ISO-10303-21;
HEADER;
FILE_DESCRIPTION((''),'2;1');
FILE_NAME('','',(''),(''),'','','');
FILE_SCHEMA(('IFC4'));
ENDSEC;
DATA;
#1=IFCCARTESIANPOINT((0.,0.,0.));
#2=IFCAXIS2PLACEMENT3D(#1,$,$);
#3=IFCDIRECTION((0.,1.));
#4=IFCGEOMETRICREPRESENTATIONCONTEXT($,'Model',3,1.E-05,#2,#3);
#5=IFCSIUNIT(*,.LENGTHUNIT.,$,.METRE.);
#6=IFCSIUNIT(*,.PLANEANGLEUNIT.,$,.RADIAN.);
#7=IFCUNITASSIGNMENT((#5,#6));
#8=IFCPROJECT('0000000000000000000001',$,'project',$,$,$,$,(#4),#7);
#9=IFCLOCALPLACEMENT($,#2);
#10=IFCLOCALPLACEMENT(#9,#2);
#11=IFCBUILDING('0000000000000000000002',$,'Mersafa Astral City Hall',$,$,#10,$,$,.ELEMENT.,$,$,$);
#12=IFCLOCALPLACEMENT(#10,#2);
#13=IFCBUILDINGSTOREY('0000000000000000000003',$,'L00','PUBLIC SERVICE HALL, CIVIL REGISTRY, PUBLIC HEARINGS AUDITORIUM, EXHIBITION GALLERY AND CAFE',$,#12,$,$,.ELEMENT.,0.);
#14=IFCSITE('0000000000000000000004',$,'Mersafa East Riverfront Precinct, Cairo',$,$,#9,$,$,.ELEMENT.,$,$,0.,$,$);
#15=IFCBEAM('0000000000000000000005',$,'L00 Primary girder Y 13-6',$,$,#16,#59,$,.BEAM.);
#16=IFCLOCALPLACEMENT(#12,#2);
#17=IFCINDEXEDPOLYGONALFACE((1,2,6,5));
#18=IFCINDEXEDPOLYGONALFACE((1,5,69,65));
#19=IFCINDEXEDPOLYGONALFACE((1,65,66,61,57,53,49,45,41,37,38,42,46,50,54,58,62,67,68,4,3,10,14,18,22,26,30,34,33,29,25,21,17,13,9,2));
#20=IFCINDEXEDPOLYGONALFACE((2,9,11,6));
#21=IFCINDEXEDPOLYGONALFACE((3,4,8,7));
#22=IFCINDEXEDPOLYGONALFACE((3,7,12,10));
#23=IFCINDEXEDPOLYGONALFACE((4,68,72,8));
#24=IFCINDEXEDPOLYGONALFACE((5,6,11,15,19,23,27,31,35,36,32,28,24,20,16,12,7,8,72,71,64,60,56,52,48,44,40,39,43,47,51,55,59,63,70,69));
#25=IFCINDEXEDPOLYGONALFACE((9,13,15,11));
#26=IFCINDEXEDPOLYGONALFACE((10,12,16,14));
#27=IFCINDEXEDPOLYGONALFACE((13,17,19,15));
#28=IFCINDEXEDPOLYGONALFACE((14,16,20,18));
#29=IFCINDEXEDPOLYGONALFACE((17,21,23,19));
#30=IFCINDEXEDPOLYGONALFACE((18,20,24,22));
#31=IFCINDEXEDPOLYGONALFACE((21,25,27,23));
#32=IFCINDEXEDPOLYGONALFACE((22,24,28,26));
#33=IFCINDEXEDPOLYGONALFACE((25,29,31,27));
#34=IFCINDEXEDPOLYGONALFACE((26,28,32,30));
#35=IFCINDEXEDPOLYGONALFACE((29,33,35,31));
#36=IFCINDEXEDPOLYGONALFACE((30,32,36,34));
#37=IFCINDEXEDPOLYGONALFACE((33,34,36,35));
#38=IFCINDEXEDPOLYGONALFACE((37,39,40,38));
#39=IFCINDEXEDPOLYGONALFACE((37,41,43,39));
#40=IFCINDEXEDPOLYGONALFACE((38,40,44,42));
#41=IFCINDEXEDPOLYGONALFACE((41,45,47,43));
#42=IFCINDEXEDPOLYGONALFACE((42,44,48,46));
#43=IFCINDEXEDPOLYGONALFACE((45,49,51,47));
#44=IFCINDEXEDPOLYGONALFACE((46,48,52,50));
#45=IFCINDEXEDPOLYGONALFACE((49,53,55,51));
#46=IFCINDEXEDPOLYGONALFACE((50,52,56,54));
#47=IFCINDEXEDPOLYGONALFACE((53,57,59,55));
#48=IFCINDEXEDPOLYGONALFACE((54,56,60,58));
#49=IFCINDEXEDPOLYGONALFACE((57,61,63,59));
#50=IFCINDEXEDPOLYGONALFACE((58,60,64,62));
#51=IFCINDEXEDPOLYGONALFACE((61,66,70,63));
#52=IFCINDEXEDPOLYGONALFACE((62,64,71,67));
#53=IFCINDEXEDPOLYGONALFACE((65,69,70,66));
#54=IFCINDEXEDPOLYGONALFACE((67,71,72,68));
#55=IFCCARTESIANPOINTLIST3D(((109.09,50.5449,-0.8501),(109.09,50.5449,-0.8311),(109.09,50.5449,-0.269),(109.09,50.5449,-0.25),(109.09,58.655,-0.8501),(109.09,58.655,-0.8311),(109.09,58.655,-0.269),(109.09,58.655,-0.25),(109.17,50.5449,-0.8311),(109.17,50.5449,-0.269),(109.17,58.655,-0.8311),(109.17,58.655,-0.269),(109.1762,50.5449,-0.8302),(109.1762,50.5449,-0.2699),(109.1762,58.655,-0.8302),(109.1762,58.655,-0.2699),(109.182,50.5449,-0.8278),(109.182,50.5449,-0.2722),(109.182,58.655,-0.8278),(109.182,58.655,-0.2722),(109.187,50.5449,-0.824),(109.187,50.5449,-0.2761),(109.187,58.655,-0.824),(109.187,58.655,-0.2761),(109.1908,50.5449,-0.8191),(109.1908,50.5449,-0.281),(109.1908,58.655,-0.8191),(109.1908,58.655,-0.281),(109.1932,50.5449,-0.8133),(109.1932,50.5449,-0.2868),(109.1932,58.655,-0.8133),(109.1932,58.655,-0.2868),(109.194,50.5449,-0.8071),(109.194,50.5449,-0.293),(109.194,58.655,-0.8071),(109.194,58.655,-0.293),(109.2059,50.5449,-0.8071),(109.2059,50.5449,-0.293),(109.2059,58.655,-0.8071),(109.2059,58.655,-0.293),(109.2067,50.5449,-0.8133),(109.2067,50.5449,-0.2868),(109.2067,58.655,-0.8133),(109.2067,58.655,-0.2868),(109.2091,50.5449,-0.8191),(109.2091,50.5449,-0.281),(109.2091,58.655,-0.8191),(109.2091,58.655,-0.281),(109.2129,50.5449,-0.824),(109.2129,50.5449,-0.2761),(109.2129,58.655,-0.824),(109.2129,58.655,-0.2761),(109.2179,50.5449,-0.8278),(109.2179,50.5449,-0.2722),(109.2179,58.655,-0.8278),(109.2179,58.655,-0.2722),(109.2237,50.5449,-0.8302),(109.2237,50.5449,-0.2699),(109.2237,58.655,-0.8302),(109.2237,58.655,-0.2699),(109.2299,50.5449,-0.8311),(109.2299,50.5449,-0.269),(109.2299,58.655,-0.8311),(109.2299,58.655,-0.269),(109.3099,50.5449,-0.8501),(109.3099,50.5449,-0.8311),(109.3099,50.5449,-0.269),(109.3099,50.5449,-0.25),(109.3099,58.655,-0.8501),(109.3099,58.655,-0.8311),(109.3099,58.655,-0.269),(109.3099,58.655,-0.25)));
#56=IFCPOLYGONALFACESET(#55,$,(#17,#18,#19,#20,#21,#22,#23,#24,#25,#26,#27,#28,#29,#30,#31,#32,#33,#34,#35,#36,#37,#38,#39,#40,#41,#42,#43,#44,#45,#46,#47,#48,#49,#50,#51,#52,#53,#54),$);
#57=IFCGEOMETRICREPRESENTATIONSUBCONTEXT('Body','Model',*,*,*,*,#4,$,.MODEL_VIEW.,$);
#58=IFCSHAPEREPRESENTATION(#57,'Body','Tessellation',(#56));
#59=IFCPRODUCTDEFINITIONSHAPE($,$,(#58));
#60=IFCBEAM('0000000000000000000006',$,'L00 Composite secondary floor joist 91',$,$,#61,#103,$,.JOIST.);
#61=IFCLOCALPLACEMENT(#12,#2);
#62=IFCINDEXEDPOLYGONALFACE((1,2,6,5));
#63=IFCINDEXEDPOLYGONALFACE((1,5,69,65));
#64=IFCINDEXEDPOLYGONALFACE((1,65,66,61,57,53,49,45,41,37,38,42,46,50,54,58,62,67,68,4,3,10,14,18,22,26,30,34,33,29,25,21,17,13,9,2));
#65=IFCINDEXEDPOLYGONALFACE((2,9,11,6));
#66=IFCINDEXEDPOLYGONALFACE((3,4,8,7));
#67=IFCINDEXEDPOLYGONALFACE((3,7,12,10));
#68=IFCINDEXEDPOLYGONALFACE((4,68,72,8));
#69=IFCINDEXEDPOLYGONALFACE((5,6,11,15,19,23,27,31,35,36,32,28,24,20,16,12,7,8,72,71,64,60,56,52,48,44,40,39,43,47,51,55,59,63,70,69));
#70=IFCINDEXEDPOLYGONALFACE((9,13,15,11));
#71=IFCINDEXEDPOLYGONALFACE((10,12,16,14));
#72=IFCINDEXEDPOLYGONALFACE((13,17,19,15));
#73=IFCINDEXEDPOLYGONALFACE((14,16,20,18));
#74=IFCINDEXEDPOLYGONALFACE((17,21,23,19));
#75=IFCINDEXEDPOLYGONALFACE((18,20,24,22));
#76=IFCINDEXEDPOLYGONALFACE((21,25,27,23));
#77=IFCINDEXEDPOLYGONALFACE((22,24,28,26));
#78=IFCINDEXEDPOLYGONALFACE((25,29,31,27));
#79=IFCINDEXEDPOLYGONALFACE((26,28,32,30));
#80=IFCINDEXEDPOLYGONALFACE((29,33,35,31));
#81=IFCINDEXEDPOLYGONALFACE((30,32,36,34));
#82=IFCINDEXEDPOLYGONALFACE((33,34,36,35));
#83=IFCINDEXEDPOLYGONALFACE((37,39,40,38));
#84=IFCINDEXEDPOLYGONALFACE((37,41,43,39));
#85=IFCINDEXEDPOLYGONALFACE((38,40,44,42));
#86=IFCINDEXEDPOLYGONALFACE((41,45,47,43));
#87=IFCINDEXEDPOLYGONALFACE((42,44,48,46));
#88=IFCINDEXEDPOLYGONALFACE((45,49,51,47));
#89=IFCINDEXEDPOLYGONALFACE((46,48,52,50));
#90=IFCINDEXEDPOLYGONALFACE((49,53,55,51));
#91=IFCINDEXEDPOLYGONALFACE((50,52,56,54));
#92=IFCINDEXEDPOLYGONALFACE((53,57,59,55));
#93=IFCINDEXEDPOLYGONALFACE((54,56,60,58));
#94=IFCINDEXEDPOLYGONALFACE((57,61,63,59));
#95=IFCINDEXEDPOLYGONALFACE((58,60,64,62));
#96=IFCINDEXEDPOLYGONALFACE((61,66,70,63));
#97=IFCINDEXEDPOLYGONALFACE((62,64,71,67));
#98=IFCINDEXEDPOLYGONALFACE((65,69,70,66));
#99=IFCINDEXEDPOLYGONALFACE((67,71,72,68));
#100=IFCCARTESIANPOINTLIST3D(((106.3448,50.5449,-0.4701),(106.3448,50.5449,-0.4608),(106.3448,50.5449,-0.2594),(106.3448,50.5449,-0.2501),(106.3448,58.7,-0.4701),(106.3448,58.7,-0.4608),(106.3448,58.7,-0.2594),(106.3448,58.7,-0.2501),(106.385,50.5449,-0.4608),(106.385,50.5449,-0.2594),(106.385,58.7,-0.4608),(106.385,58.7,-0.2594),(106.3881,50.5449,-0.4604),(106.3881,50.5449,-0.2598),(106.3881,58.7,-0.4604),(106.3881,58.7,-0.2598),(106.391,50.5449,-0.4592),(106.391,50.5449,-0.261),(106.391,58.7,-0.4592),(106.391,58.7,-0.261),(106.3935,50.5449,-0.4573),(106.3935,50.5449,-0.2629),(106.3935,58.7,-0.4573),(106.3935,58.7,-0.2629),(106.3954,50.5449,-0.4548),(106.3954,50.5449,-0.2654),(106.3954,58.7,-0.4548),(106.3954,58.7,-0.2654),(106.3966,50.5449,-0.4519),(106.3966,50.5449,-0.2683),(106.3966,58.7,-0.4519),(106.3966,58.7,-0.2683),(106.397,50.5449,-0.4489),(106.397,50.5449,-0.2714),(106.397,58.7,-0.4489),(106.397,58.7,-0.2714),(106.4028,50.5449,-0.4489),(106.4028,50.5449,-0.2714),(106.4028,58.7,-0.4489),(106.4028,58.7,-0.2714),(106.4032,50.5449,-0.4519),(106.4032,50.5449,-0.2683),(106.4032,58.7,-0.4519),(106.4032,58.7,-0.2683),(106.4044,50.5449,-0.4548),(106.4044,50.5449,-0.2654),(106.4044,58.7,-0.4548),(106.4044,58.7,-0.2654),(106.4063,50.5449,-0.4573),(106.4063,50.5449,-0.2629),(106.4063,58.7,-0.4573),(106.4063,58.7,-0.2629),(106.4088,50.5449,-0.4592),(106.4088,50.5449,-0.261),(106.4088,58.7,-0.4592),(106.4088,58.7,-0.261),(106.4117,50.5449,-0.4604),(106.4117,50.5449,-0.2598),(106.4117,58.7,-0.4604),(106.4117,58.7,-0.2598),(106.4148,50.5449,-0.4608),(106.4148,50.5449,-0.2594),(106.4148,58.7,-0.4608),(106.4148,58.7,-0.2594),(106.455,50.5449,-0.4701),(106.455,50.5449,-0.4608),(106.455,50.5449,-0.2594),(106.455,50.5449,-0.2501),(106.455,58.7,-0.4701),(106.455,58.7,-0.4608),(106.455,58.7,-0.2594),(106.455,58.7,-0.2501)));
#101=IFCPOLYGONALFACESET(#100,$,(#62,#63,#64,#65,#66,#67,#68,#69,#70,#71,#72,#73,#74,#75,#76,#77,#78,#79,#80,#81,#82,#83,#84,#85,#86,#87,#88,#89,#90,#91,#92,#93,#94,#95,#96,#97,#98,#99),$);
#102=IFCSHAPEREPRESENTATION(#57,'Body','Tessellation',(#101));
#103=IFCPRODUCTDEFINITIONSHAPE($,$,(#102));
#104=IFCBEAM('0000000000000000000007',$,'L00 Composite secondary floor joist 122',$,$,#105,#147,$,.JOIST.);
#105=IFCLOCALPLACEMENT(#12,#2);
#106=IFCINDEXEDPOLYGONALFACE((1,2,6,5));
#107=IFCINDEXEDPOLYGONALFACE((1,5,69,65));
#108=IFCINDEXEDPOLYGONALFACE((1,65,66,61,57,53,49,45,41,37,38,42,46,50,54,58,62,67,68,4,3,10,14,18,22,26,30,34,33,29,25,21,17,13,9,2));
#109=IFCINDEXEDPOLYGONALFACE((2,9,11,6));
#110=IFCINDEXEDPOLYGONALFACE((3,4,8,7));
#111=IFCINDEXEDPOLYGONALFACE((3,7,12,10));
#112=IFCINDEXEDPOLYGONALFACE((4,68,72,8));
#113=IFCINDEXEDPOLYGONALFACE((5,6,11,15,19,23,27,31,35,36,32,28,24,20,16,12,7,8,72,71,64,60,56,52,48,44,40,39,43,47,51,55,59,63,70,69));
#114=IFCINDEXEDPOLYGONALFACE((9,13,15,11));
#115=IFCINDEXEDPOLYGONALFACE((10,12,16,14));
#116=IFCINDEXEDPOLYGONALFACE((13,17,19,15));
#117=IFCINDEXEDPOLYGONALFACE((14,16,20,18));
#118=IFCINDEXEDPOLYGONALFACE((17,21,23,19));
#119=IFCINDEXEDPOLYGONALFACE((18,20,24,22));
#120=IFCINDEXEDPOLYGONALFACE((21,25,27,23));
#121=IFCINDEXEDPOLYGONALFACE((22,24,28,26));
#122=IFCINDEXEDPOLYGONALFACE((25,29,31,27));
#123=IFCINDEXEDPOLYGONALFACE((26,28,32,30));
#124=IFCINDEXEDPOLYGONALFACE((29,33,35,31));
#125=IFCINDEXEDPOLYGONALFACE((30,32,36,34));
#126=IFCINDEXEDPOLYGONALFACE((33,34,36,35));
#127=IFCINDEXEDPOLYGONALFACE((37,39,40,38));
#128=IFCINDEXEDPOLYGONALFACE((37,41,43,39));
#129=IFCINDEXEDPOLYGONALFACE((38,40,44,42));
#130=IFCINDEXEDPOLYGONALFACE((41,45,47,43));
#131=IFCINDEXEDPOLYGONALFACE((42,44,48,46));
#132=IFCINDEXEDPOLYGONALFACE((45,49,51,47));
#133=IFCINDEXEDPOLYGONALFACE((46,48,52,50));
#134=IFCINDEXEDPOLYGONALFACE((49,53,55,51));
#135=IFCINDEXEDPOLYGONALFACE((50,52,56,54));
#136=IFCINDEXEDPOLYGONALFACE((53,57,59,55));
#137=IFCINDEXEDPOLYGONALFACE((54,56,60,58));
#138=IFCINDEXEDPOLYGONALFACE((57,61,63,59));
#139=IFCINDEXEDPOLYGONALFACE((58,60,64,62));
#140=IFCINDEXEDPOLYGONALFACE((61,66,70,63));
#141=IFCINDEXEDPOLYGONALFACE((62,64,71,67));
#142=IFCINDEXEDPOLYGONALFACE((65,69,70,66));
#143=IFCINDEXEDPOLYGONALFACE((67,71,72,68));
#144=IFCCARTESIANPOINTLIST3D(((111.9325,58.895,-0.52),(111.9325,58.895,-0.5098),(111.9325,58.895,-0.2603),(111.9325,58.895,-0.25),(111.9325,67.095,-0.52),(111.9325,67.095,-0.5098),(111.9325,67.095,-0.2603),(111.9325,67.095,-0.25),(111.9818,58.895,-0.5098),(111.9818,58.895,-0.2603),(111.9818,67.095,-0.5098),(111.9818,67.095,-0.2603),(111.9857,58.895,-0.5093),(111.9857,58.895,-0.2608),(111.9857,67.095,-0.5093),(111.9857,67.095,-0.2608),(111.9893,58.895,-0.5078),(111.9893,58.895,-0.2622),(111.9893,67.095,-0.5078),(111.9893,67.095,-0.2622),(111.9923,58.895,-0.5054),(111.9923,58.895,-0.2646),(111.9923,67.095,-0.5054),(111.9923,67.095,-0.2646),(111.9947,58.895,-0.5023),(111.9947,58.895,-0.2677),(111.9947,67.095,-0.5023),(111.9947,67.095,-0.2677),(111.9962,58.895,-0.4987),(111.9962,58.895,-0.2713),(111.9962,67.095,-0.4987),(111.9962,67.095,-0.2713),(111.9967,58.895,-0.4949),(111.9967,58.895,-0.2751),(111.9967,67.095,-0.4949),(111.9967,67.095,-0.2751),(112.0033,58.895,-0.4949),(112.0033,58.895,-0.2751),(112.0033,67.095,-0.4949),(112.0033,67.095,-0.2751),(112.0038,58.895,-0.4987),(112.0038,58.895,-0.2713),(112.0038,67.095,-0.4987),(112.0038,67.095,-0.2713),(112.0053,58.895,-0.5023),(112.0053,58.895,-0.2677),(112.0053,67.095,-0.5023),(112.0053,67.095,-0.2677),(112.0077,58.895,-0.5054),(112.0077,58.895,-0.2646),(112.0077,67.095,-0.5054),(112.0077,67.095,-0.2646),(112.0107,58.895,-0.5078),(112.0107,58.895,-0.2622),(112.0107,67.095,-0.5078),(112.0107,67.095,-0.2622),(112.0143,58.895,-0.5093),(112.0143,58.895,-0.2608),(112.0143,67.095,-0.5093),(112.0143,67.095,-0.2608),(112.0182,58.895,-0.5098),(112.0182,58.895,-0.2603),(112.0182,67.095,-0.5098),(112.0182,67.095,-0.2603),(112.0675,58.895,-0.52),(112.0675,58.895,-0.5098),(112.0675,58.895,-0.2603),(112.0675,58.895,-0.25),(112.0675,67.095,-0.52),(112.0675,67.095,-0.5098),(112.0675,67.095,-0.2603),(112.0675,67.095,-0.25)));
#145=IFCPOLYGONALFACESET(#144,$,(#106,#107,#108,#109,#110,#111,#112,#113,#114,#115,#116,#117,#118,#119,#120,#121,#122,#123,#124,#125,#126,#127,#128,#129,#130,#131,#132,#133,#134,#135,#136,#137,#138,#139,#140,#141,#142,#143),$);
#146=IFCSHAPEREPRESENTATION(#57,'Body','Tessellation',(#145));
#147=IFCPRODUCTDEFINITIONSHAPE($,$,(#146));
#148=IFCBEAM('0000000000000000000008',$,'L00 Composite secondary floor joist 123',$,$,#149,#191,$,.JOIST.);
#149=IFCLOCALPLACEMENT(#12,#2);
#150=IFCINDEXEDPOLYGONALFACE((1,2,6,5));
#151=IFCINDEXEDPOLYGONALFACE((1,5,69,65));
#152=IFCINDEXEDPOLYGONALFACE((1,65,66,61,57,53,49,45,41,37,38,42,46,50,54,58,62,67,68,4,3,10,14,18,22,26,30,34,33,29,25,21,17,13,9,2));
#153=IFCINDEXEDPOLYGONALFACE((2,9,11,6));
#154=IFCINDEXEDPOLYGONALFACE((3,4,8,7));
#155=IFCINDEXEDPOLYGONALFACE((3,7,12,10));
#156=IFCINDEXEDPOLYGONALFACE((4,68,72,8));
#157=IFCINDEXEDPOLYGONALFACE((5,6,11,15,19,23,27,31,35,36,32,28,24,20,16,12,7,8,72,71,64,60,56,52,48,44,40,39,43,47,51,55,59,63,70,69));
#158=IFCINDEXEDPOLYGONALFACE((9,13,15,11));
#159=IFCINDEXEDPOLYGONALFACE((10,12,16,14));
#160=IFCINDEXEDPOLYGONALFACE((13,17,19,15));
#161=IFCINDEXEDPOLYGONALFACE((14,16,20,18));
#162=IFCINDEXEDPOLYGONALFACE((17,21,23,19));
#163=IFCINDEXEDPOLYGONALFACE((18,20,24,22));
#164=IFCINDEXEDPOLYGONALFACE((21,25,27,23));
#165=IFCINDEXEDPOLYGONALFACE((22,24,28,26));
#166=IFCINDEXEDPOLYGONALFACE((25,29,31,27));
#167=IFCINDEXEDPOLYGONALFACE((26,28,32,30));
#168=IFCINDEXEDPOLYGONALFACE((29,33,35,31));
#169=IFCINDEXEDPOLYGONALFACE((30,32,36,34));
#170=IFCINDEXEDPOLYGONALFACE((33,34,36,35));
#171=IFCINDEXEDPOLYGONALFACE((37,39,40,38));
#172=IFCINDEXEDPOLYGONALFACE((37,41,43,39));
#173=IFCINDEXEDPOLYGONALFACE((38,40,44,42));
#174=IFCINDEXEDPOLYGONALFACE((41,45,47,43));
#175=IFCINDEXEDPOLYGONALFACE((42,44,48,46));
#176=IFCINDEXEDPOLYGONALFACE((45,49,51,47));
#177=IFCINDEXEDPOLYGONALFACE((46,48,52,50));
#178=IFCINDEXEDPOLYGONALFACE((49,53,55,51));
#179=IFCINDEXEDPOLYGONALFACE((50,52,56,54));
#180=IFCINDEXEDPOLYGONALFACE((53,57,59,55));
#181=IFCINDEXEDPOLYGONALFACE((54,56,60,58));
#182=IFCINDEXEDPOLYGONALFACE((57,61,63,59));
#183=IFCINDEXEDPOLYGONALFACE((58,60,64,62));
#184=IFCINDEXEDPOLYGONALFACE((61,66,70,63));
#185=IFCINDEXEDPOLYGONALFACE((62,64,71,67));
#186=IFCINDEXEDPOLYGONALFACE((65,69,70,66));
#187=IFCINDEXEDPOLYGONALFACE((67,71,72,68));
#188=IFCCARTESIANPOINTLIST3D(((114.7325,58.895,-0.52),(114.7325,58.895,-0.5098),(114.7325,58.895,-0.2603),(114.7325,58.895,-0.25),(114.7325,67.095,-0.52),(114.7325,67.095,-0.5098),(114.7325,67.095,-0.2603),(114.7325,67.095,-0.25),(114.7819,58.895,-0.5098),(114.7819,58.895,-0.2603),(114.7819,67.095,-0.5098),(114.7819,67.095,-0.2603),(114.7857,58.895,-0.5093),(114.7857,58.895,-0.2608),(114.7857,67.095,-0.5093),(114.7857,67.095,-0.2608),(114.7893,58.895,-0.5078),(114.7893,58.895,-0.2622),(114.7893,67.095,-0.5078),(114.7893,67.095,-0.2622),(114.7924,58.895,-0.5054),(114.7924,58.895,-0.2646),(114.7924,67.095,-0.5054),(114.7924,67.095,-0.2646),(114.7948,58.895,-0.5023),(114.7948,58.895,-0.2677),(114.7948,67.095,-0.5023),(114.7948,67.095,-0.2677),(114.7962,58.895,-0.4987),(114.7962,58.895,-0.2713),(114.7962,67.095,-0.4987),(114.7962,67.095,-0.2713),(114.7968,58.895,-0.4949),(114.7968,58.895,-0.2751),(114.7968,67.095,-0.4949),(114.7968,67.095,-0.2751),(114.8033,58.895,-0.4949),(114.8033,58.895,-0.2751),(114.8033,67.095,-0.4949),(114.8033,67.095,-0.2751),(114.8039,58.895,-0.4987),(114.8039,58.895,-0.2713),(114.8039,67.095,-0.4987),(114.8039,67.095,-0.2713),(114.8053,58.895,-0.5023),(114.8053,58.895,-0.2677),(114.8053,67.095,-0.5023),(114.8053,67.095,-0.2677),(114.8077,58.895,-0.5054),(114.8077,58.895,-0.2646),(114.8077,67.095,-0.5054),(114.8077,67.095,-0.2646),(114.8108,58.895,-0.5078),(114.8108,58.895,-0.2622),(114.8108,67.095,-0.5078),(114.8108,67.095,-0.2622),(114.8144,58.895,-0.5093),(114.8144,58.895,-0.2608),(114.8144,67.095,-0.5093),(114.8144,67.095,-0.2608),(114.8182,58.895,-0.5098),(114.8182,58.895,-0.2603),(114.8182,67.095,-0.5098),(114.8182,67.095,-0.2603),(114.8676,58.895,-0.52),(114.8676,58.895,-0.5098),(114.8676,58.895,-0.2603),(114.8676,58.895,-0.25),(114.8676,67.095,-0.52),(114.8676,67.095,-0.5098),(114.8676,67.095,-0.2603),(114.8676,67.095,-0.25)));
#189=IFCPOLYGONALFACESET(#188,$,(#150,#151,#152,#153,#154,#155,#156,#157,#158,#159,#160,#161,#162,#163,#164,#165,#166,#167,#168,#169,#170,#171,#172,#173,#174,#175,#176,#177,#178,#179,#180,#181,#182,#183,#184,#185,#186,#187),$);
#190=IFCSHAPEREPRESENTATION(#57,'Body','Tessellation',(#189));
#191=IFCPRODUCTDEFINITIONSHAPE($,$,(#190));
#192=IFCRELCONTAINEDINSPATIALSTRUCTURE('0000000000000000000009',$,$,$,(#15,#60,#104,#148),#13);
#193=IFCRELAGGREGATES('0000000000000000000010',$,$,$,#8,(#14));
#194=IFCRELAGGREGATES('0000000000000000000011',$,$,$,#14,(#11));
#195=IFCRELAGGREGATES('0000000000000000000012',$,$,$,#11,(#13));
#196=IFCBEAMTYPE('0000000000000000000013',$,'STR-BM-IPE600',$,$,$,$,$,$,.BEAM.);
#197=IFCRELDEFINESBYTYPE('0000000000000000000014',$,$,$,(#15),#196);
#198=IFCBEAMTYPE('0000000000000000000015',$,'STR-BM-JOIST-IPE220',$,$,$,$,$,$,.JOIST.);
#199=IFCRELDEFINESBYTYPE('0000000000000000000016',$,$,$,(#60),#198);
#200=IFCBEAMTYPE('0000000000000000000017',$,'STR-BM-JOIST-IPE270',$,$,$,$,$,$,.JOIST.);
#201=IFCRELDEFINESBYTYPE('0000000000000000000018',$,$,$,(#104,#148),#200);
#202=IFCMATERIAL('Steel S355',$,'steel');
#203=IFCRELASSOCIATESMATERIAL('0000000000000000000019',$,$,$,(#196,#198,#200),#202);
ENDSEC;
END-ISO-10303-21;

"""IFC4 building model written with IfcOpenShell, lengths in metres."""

from ifc_helpers import new_model, si_unit, direction, frame, origin, origin_2d, place, context, subcontext, project, spatial, i_section, extrude, material, material_profile, profile_set, type_object, element, save


model = new_model("IFC4")

# Units and contexts
model_context = context("Model", 3, precision=1e-05, world=origin(), true_north=direction((0.0, 1.0)))
body_context = subcontext(model_context, "Body", "Model", "MODEL_VIEW")
ifc_project = project(units=[si_unit("LENGTHUNIT", "METRE"), si_unit("PLANEANGLEUNIT", "RADIAN")], contexts=[model_context])

# Site, building, storey
site_placement = place(None, origin())
site = spatial("IfcSite", under=ifc_project, at=site_placement, Name="Mersafa East Riverfront Precinct, Cairo", CompositionType="ELEMENT", RefElevation=0.0)
building_placement = place(site_placement, origin())
building = spatial("IfcBuilding", under=site, at=building_placement, Name="Mersafa Astral City Hall", CompositionType="ELEMENT")
storey_placement = place(building_placement, origin())
storey = spatial("IfcBuildingStorey", under=building, at=storey_placement, Name="L00", Description="PUBLIC SERVICE HALL, CIVIL REGISTRY, PUBLIC HEARINGS AUDITORIUM, EXHIBITION GALLERY AND CAFE", CompositionType="ELEMENT", Elevation=0.0)

# Beams
ifc_material_1 = material(Name="Steel S355", Category="steel")
ifc_material_profile_1 = material_profile(ifc_material_1, i_section(OverallWidth=0.22, OverallDepth=0.6001, WebThickness=0.012, FlangeThickness=0.019, FilletRadius=0.0239, at=origin_2d()), Name="IPE 600")
ifc_profile_set_1 = profile_set([ifc_material_profile_1], Name="Steel S355")
beam_type_1 = type_object("IfcBeamType", Name="STR-BM-IPE600", PredefinedType="BEAM", material=ifc_profile_set_1)
beam_1_placement = place(storey_placement, frame((109.2, 50.5449, -0.55), z_axis=(0.0, 1.0, 0.0), x_axis=(-1.0, 0.0, 0.0)))
element("IfcBeam", 1, at=beam_1_placement, inside=storey, type_object=beam_type_1, Name="L00 Primary girder Y 13-6", PredefinedType="BEAM", context=body_context, shape_type="SweptSolid", body=[
    extrude(i_section(OverallWidth=0.22, OverallDepth=0.6001, WebThickness=0.012, FlangeThickness=0.019, FilletRadius=0.0239, at=origin_2d()), origin(), (0.0, 0.0, 1.0), 8.1101),
])
ifc_material_profile_2 = material_profile(ifc_material_1, i_section(OverallWidth=0.1101, OverallDepth=0.22, WebThickness=0.0059, FlangeThickness=0.0093, FilletRadius=0.012, at=origin_2d()), Name="IPE 220")
ifc_profile_set_2 = profile_set([ifc_material_profile_2], Name="Steel S355")
beam_type_2 = type_object("IfcBeamType", Name="STR-BM-JOIST-IPE220", PredefinedType="JOIST", material=ifc_profile_set_2)
beam_2_placement = place(storey_placement, frame((106.3999, 50.5449, -0.3601), z_axis=(0.0, 1.0, 0.0), x_axis=(-1.0, 0.0, 0.0)))
element("IfcBeam", 2, at=beam_2_placement, inside=storey, type_object=beam_type_2, Name="L00 Composite secondary floor joist 91", PredefinedType="JOIST", context=body_context, shape_type="SweptSolid", body=[
    extrude(i_section(OverallWidth=0.1101, OverallDepth=0.22, WebThickness=0.0059, FlangeThickness=0.0093, FilletRadius=0.012, at=origin_2d()), origin(), (0.0, 0.0, 1.0), 8.155),
])
ifc_material_profile_3 = material_profile(ifc_material_1, i_section(OverallWidth=0.135, OverallDepth=0.27, WebThickness=0.0066, FlangeThickness=0.0103, FilletRadius=0.0149, at=origin_2d()), Name="IPE 270")
ifc_profile_set_3 = profile_set([ifc_material_profile_3], Name="Steel S355")
beam_type_3 = type_object("IfcBeamType", Name="STR-BM-JOIST-IPE270", PredefinedType="JOIST", material=ifc_profile_set_3)
for number, where, z_axis, x_axis, name in (
    (3, (112.0, 58.895, -0.385), (0.0, 1.0, 0.0), (-1.0, 0.0, 0.0), "L00 Composite secondary floor joist 122"),
    (4, (114.8, 58.895, -0.385), (0.0, 1.0, 0.0), (-1.0, 0.0, 0.0), "L00 Composite secondary floor joist 123"),
):
    element("IfcBeam", number, at=place(storey_placement, frame(where, z_axis=z_axis, x_axis=x_axis)), inside=storey, type_object=beam_type_3, Name=name, PredefinedType="JOIST", context=body_context, shape_type="SweptSolid", body=[
        extrude(i_section(OverallWidth=0.135, OverallDepth=0.27, WebThickness=0.0066, FlangeThickness=0.0103, FilletRadius=0.0149, at=origin_2d()), origin(), (0.0, 0.0, 1.0), 8.2),
    ])

save(model, "model.ifc")
